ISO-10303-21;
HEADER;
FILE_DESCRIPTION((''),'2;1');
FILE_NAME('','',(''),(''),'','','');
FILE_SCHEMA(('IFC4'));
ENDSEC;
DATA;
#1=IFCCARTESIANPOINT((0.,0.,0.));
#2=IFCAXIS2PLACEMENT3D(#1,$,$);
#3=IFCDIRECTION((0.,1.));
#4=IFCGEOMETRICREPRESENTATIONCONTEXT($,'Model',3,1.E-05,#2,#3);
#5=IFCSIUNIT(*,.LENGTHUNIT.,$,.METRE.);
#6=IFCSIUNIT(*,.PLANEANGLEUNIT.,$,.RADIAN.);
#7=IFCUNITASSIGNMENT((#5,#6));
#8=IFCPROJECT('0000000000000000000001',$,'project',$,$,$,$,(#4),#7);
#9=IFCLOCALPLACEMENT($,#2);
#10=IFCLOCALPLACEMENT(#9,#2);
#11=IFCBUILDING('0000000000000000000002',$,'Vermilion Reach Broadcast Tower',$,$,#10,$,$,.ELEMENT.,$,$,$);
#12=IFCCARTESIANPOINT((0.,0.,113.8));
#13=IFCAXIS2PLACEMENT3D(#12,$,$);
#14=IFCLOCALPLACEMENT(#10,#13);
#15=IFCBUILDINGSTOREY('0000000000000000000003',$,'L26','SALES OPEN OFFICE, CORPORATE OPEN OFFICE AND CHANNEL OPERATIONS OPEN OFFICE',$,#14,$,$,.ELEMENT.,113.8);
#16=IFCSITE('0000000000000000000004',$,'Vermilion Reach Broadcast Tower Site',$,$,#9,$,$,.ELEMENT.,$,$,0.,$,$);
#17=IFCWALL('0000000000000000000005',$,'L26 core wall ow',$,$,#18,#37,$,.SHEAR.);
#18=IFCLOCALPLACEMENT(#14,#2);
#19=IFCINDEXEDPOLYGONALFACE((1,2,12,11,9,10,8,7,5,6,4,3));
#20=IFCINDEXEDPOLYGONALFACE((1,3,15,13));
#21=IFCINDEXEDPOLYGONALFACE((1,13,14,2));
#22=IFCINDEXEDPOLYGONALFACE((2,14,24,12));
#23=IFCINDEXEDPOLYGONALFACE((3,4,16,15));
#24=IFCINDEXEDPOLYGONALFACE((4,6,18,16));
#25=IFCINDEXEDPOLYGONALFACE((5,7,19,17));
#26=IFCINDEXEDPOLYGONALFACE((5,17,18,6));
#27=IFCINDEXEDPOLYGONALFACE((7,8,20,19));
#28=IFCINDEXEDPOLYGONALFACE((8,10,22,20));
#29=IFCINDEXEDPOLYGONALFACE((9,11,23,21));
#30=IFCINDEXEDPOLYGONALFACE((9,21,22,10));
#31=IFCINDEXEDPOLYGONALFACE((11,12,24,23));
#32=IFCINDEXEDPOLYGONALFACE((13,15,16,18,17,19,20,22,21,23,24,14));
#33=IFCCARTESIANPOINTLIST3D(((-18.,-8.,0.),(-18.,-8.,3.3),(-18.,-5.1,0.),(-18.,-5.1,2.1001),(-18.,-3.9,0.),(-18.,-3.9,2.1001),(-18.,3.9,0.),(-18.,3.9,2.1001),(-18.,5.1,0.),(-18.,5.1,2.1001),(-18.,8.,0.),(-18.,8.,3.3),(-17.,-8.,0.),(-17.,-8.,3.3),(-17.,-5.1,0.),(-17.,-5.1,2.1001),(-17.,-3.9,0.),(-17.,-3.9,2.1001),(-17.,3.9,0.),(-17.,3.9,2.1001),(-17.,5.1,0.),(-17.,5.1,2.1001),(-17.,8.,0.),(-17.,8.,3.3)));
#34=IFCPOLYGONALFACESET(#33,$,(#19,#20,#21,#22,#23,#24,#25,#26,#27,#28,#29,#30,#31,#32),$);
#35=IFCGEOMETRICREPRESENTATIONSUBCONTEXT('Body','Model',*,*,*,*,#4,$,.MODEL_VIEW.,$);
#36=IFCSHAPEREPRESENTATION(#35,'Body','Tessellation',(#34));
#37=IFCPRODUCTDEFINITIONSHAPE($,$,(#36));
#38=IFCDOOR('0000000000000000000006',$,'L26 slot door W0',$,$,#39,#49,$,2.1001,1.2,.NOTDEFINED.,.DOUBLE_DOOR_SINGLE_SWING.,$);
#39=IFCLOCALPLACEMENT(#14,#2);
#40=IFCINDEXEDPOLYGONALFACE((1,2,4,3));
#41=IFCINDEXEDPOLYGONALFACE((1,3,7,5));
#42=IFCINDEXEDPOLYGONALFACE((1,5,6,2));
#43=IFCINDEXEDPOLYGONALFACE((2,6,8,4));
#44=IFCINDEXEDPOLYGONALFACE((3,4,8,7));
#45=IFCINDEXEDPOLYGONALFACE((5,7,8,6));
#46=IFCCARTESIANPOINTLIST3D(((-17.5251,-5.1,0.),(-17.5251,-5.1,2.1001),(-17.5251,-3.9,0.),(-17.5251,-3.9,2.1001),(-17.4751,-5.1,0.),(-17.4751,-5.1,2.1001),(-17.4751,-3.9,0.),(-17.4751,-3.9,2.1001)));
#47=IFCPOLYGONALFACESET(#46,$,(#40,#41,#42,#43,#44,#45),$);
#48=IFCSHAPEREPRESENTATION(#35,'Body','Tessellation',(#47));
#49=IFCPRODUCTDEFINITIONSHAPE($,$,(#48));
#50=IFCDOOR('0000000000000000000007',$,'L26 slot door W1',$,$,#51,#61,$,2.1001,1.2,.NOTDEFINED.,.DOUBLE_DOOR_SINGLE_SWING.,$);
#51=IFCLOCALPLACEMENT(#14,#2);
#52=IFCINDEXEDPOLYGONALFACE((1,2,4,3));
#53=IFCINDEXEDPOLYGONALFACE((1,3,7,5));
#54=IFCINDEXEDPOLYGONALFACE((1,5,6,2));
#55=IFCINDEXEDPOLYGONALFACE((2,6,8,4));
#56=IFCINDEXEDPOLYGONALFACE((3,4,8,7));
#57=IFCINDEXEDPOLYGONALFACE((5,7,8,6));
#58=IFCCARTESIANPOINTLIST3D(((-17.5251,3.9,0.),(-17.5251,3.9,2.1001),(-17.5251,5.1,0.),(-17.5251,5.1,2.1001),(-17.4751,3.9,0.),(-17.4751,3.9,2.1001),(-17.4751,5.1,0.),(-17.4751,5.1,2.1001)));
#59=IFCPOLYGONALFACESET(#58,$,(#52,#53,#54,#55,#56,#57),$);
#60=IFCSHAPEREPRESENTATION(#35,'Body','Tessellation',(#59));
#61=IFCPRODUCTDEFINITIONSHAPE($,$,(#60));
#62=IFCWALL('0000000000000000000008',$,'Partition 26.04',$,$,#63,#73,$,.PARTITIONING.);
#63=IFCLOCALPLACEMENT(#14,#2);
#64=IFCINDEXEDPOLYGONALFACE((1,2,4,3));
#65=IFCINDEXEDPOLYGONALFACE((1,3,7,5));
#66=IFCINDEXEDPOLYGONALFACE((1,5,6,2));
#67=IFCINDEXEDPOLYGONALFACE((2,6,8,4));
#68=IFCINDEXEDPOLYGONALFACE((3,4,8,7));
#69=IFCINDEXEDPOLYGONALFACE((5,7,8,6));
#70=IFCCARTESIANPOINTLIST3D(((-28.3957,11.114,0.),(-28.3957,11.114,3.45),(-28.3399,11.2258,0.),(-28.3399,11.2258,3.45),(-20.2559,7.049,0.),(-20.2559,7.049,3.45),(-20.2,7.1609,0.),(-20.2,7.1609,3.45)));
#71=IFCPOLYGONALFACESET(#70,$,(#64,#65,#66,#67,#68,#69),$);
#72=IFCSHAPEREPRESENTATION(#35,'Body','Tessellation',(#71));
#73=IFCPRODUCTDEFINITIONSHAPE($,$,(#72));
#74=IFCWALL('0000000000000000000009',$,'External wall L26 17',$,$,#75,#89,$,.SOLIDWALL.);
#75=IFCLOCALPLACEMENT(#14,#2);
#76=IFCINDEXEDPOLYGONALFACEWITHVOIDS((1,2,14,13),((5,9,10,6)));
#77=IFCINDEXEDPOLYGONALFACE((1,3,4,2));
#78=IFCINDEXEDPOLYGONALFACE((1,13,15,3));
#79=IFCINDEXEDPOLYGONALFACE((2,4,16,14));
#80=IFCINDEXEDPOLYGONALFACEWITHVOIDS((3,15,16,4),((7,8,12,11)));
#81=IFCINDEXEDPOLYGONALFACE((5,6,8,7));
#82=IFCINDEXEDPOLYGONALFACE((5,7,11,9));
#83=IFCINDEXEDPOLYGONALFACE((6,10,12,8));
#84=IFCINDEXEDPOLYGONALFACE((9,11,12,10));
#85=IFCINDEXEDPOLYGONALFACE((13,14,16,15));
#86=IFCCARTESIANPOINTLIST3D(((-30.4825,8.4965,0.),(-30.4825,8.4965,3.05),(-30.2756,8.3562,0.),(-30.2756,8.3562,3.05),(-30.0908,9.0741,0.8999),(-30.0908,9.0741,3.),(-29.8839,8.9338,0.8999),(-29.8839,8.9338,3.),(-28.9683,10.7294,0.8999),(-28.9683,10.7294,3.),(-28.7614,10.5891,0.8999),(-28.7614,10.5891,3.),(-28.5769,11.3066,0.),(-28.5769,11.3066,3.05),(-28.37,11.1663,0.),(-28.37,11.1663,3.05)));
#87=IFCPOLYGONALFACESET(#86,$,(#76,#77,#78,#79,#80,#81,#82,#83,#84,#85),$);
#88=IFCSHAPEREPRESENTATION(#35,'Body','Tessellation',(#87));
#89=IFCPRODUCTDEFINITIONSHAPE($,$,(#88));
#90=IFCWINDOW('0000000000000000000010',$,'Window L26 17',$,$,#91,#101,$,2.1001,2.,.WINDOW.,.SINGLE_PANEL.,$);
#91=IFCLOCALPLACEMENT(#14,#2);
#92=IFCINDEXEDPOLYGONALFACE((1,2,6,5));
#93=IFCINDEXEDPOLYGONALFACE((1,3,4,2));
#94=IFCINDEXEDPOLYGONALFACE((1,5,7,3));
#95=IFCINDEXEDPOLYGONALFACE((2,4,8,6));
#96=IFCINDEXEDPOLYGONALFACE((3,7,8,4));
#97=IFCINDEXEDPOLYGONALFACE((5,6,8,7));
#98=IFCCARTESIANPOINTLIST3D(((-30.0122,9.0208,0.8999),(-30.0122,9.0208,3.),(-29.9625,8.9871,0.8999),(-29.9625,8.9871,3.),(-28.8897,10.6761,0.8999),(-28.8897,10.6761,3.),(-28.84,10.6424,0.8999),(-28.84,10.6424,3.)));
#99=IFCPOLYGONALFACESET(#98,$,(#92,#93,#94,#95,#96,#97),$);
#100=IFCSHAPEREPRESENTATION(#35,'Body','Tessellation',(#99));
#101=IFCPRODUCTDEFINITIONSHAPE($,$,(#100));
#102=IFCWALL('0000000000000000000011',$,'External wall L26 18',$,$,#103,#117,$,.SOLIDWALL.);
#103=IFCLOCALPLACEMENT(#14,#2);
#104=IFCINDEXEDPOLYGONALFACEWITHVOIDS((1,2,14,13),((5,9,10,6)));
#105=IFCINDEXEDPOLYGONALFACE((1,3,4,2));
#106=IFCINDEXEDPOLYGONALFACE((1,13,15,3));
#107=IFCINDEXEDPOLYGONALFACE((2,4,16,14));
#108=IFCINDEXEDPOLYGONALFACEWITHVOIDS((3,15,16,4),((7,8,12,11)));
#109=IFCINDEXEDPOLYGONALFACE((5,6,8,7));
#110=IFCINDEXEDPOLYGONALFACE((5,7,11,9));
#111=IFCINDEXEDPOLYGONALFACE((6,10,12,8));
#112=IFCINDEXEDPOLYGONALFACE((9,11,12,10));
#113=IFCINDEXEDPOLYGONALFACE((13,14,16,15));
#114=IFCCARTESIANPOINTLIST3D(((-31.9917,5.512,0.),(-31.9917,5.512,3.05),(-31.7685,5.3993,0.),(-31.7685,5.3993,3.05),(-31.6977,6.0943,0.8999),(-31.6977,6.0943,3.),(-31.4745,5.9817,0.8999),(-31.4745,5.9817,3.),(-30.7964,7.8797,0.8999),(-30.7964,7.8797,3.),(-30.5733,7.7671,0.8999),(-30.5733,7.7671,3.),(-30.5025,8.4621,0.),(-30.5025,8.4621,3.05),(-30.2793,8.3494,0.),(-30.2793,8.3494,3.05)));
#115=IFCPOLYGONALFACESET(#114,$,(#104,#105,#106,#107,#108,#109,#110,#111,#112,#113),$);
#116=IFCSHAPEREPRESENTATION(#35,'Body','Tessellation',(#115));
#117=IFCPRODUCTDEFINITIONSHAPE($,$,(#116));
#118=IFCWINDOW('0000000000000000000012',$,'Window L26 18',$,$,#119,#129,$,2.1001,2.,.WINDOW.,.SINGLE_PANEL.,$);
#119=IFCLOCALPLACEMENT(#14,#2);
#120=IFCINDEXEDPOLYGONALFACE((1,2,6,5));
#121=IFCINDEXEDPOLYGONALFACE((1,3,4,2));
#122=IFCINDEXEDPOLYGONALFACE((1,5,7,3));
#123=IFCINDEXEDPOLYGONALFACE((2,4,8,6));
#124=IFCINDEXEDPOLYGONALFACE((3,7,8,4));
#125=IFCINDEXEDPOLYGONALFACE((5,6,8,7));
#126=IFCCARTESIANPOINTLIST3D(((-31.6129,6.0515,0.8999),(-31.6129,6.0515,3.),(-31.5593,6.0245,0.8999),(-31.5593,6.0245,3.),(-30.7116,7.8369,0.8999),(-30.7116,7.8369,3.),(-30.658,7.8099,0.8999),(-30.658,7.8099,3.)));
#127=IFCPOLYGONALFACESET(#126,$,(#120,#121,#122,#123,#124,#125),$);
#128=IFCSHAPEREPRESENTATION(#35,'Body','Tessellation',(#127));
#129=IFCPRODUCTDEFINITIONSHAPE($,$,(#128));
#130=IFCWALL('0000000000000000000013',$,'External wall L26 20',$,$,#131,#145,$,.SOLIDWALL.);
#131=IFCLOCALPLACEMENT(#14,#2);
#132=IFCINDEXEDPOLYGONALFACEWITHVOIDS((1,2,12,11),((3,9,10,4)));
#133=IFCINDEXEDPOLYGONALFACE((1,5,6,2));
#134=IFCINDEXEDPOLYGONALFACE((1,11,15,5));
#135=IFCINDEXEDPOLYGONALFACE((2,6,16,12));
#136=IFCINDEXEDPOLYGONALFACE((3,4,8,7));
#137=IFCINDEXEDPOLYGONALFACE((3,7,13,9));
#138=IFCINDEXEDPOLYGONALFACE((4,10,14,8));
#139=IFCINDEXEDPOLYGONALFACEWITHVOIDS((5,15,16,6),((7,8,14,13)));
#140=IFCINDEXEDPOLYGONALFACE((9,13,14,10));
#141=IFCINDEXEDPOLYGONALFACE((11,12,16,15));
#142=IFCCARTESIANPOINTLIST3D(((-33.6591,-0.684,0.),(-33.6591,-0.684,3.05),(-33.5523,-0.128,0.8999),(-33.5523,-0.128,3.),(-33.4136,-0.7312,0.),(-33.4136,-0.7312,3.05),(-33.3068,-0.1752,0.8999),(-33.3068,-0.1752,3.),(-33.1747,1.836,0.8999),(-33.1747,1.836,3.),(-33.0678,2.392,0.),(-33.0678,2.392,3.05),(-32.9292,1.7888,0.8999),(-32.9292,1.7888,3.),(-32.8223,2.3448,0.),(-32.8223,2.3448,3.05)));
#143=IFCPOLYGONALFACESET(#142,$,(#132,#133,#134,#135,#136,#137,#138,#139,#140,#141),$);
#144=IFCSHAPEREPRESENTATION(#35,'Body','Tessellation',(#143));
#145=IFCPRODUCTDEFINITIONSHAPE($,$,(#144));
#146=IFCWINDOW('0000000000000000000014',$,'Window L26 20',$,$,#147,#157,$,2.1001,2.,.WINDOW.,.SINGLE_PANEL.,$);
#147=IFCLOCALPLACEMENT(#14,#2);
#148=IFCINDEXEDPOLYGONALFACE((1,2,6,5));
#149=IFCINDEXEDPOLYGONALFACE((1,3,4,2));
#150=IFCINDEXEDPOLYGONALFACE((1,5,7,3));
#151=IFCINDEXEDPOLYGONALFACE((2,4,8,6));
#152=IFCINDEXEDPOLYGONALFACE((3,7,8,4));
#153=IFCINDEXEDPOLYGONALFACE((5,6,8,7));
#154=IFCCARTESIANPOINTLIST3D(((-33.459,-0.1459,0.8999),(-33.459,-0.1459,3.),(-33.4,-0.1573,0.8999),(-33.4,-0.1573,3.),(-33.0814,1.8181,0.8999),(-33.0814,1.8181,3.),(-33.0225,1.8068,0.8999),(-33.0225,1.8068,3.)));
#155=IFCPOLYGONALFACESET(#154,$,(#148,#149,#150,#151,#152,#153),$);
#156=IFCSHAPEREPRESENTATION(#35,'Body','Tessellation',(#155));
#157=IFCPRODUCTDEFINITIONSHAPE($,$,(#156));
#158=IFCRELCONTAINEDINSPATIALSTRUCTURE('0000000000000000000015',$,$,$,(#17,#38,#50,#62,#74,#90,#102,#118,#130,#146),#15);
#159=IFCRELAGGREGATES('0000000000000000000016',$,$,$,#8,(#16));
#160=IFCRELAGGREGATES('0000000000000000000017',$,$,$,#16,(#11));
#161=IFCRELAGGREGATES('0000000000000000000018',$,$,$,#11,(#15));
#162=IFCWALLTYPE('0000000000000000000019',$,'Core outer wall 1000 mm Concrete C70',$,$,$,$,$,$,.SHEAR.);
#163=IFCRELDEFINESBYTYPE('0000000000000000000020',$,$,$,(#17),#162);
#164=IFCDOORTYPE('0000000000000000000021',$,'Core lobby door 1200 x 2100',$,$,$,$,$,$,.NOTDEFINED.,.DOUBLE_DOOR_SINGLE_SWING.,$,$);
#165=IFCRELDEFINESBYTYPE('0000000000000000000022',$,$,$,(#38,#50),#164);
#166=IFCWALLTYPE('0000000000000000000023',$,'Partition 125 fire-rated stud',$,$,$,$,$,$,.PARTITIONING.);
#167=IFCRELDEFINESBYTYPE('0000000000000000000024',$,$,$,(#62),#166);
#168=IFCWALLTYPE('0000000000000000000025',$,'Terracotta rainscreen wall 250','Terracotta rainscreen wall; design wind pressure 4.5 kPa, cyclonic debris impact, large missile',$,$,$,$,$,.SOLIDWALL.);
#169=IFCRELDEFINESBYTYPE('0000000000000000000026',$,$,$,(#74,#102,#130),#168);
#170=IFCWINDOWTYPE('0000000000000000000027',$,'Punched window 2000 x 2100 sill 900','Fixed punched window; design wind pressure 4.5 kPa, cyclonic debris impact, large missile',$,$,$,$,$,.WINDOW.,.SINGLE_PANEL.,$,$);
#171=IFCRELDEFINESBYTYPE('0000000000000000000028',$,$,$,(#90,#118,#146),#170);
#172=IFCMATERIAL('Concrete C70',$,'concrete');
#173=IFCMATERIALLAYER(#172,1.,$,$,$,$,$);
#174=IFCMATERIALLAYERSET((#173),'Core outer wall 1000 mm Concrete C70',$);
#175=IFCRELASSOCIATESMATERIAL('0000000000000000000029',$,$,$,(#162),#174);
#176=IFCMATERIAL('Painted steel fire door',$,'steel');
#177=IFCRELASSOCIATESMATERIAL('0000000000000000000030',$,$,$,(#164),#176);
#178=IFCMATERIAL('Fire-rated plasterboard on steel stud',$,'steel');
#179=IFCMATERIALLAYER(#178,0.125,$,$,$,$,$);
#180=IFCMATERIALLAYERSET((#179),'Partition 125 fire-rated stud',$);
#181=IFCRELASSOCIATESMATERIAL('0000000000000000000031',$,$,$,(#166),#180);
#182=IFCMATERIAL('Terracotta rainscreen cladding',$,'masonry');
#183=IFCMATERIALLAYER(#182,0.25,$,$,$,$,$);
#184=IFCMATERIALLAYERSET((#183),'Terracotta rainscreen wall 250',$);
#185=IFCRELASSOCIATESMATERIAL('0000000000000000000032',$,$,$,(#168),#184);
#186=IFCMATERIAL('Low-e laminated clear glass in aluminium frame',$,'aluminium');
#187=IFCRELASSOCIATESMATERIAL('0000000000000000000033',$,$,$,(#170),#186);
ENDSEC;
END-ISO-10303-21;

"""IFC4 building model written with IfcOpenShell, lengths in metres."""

from ifc_helpers import new_model, si_unit, direction, frame, frame_2d, origin, place, context, subcontext, project, spatial, rectangle, extrude, material, layer, layer_set, type_object, element, fill, save


model = new_model("IFC4")

# Units and contexts
model_context = context("Model", 3, precision=1e-05, world=origin(), true_north=direction((0.0, 1.0)))
body_context = subcontext(model_context, "Body", "Model", "MODEL_VIEW")
ifc_project = project(units=[si_unit("LENGTHUNIT", "METRE"), si_unit("PLANEANGLEUNIT", "RADIAN")], contexts=[model_context])

# Site, building, storey
site_placement = place(None, origin())
site = spatial("IfcSite", under=ifc_project, at=site_placement, Name="Vermilion Reach Broadcast Tower Site", CompositionType="ELEMENT", RefElevation=0.0)
building_placement = place(site_placement, origin())
building = spatial("IfcBuilding", under=site, at=building_placement, Name="Vermilion Reach Broadcast Tower", CompositionType="ELEMENT")
storey_placement = place(building_placement, frame((0.0, 0.0, 113.8)))
storey = spatial("IfcBuildingStorey", under=building, at=storey_placement, Name="L26", Description="SALES OPEN OFFICE, CORPORATE OPEN OFFICE AND CHANNEL OPERATIONS OPEN OFFICE", CompositionType="ELEMENT", Elevation=113.8)

# Wall, openings, doors
ifc_material_1 = material(Name="Concrete C70", Category="concrete")
ifc_layer_1 = layer(ifc_material_1, 1.0)
ifc_layer_set_1 = layer_set([ifc_layer_1], Name="Core outer wall 1000 mm Concrete C70")
wall_type_1 = type_object("IfcWallType", Name="Core outer wall 1000 mm Concrete C70", PredefinedType="SHEAR", material=ifc_layer_set_1)
wall_1_placement = place(storey_placement, frame((-17.5, 8.0, 0.0), z_axis=(0.0, 0.0, 1.0), x_axis=(0.0, -1.0, 0.0)))
wall_1 = element("IfcWall", 1, at=wall_1_placement, inside=storey, type_object=wall_type_1, Name="L26 core wall ow", PredefinedType="SHEAR", context=body_context, shape_type="SweptSolid", body=[
    extrude(rectangle(XDim=16.0, YDim=1.0, at=frame_2d((8.0, 0.0))), origin(), (0.0, 0.0, 1.0), 3.3),
])
opening_1_placement = place(wall_1_placement, frame((11.8999, 0.0, 0.0)))
opening_1 = element("IfcOpeningElement", 2, at=opening_1_placement, cuts=wall_1, PredefinedType="OPENING", context=body_context, shape_type="SweptSolid", body=[
    extrude(rectangle(XDim=1.2, YDim=2.1001, at=frame_2d((0.6001, 1.05))), frame((0.0, 0.51, 0.0), z_axis=(0.0, -1.0, 0.0), x_axis=(1.0, 0.0, 0.0)), (0.0, 0.0, 1.0), 1.02),
])
opening_2_placement = place(wall_1_placement, frame((2.8999, 0.0, 0.0)))
opening_2 = element("IfcOpeningElement", 3, at=opening_2_placement, cuts=wall_1, PredefinedType="OPENING", context=body_context, shape_type="SweptSolid", body=[
    extrude(rectangle(XDim=1.2, YDim=2.1001, at=frame_2d((0.6001, 1.05))), frame((0.0, 0.51, 0.0), z_axis=(0.0, -1.0, 0.0), x_axis=(1.0, 0.0, 0.0)), (0.0, 0.0, 1.0), 1.02),
])
ifc_material_2 = material(Name="Painted steel fire door", Category="steel")
door_type_1 = type_object("IfcDoorType", Name="Core lobby door 1200 x 2100", OperationType="DOUBLE_DOOR_SINGLE_SWING", PredefinedType="NOTDEFINED", material=ifc_material_2)
door_1_placement = place(opening_1_placement, origin())
door_1 = element("IfcDoor", 4, at=door_1_placement, inside=storey, type_object=door_type_1, Name="L26 slot door W0", OperationType="DOUBLE_DOOR_SINGLE_SWING", OverallHeight=2.1001, OverallWidth=1.2, PredefinedType="NOTDEFINED", context=body_context, shape_type="SweptSolid", body=[
    extrude(rectangle(XDim=1.2, YDim=2.1001, at=frame_2d((0.6001, 1.05))), frame((0.0, 0.0249, 0.0), z_axis=(0.0, -1.0, 0.0), x_axis=(1.0, 0.0, 0.0)), (0.0, 0.0, 1.0), 0.05),
])
fill(opening_1, door_1)
door_2_placement = place(opening_2_placement, origin())
door_2 = element("IfcDoor", 5, at=door_2_placement, inside=storey, type_object=door_type_1, Name="L26 slot door W1", OperationType="DOUBLE_DOOR_SINGLE_SWING", OverallHeight=2.1001, OverallWidth=1.2, PredefinedType="NOTDEFINED", context=body_context, shape_type="SweptSolid", body=[
    extrude(rectangle(XDim=1.2, YDim=2.1001, at=frame_2d((0.6001, 1.05))), frame((0.0, 0.0249, 0.0), z_axis=(0.0, -1.0, 0.0), x_axis=(1.0, 0.0, 0.0)), (0.0, 0.0, 1.0), 0.05),
])
fill(opening_2, door_2)

# Wall
ifc_material_3 = material(Name="Fire-rated plasterboard on steel stud", Category="steel")
ifc_layer_2 = layer(ifc_material_3, 0.125)
ifc_layer_set_2 = layer_set([ifc_layer_2], Name="Partition 125 fire-rated stud")
wall_type_2 = type_object("IfcWallType", Name="Partition 125 fire-rated stud", PredefinedType="PARTITIONING", material=ifc_layer_set_2)
wall_2_placement = place(storey_placement, frame((-28.3679, 11.1699, 0.0), z_axis=(0.0, 0.0, 1.0), x_axis=(0.894647, -0.446773, 0.0)))
element("IfcWall", 6, at=wall_2_placement, inside=storey, type_object=wall_type_2, Name="Partition 26.04", PredefinedType="PARTITIONING", context=body_context, shape_type="SweptSolid", body=[
    extrude(rectangle(XDim=9.0984, YDim=0.125, at=frame_2d((4.5493, 0.0))), origin(), (0.0, 0.0, 1.0), 3.45),
])

# Walls, openings, windows
ifc_material_4 = material(Name="Terracotta rainscreen cladding", Category="masonry")
ifc_layer_3 = layer(ifc_material_4, 0.25)
ifc_layer_set_3 = layer_set([ifc_layer_3], Name="Terracotta rainscreen wall 250")
wall_type_3 = type_object("IfcWallType", Name="Terracotta rainscreen wall 250", Description="Terracotta rainscreen wall; design wind pressure 4.5 kPa, cyclonic debris impact, large missile", PredefinedType="SOLIDWALL", material=ifc_layer_set_3)
wall_3_placement = place(storey_placement, frame((-28.4734, 11.2366, 0.0), z_axis=(0.0, 0.0, 1.0), x_axis=(-0.561238, -0.827655, 0.0)))
wall_3 = element("IfcWall", 7, at=wall_3_placement, inside=storey, type_object=wall_type_3, Name="External wall L26 17", PredefinedType="SOLIDWALL", context=body_context, shape_type="SweptSolid", body=[
    extrude(rectangle(XDim=3.3953, YDim=0.25, at=frame_2d((1.6978, 0.0))), origin(), (0.0, 0.0, 1.0), 3.05),
])
opening_3_placement = place(wall_3_placement, frame((0.6975, 0.0, 0.8999)))
opening_3 = element("IfcOpeningElement", 8, at=opening_3_placement, cuts=wall_3, PredefinedType="OPENING", context=body_context, shape_type="SweptSolid", body=[
    extrude(rectangle(XDim=2.0, YDim=2.1001, at=frame_2d((1.0, 1.05))), frame((0.0, 0.135, 0.0), z_axis=(0.0, -1.0, 0.0), x_axis=(1.0, 0.0, 0.0)), (0.0, 0.0, 1.0), 0.27),
])
ifc_material_5 = material(Name="Low-e laminated clear glass in aluminium frame", Category="aluminium")
window_type = type_object("IfcWindowType", Name="Punched window 2000 x 2100 sill 900", Description="Fixed punched window; design wind pressure 4.5 kPa, cyclonic debris impact, large missile", PartitioningType="SINGLE_PANEL", PredefinedType="WINDOW", material=ifc_material_5)
window_1_placement = place(opening_3_placement, origin())
window_1 = element("IfcWindow", 9, at=window_1_placement, inside=storey, type_object=window_type, Name="Window L26 17", OverallHeight=2.1001, OverallWidth=2.0, PartitioningType="SINGLE_PANEL", PredefinedType="WINDOW", context=body_context, shape_type="SweptSolid", body=[
    extrude(rectangle(XDim=2.0, YDim=2.1001, at=frame_2d((1.0, 1.05))), frame((0.0, 0.03, 0.0), z_axis=(0.0, -1.0, 0.0), x_axis=(1.0, 0.0, 0.0)), (0.0, 0.0, 1.0), 0.0601),
])
fill(opening_3, window_1)
wall_4_placement = place(storey_placement, frame((-30.3909, 8.4058, 0.0), z_axis=(0.0, 0.0, 1.0), x_axis=(-0.450638, -0.892707, 0.0)))
wall_4 = element("IfcWall", 10, at=wall_4_placement, inside=storey, type_object=wall_type_3, Name="External wall L26 18", PredefinedType="SOLIDWALL", context=body_context, shape_type="SweptSolid", body=[
    extrude(rectangle(XDim=3.3047, YDim=0.25, at=frame_2d((1.6523, 0.0))), origin(), (0.0, 0.0, 1.0), 3.05),
])
opening_4_placement = place(wall_4_placement, frame((0.6523, 0.0, 0.8999)))
opening_4 = element("IfcOpeningElement", 11, at=opening_4_placement, cuts=wall_4, PredefinedType="OPENING", context=body_context, shape_type="SweptSolid", body=[
    extrude(rectangle(XDim=2.0, YDim=2.1001, at=frame_2d((1.0, 1.05))), frame((0.0, 0.135, 0.0), z_axis=(0.0, -1.0, 0.0), x_axis=(1.0, 0.0, 0.0)), (0.0, 0.0, 1.0), 0.27),
])
window_2_placement = place(opening_4_placement, origin())
window_2 = element("IfcWindow", 12, at=window_2_placement, inside=storey, type_object=window_type, Name="Window L26 18", OverallHeight=2.1001, OverallWidth=2.0, PartitioningType="SINGLE_PANEL", PredefinedType="WINDOW", context=body_context, shape_type="SweptSolid", body=[
    extrude(rectangle(XDim=2.0, YDim=2.1001, at=frame_2d((1.0, 1.05))), frame((0.0, 0.03, 0.0), z_axis=(0.0, -1.0, 0.0), x_axis=(1.0, 0.0, 0.0)), (0.0, 0.0, 1.0), 0.0601),
])
fill(opening_4, window_2)

# Wall, opening, window
wall_5_placement = place(storey_placement, frame((-32.9451, 2.3684, 0.0), z_axis=(0.0, 0.0, 1.0), x_axis=(-0.188781, -0.982019, 0.0)))
wall_5 = element("IfcWall", 13, at=wall_5_placement, inside=storey, type_object=wall_type_3, Name="External wall L26 20", PredefinedType="SOLIDWALL", context=body_context, shape_type="SweptSolid", body=[
    extrude(rectangle(XDim=3.1323, YDim=0.25, at=frame_2d((1.5662, 0.0))), origin(), (0.0, 0.0, 1.0), 3.05),
])
opening_5_placement = place(wall_5_placement, frame((0.5662, 0.0, 0.8999)))
opening_5 = element("IfcOpeningElement", 14, at=opening_5_placement, cuts=wall_5, PredefinedType="OPENING", context=body_context, shape_type="SweptSolid", body=[
    extrude(rectangle(XDim=2.0, YDim=2.1001, at=frame_2d((1.0, 1.05))), frame((0.0, 0.135, 0.0), z_axis=(0.0, -1.0, 0.0), x_axis=(1.0, 0.0, 0.0)), (0.0, 0.0, 1.0), 0.27),
])
window_3_placement = place(opening_5_placement, origin())
window_3 = element("IfcWindow", 15, at=window_3_placement, inside=storey, type_object=window_type, Name="Window L26 20", OverallHeight=2.1001, OverallWidth=2.0, PartitioningType="SINGLE_PANEL", PredefinedType="WINDOW", context=body_context, shape_type="SweptSolid", body=[
    extrude(rectangle(XDim=2.0, YDim=2.1001, at=frame_2d((1.0, 1.05))), frame((0.0, 0.03, 0.0), z_axis=(0.0, -1.0, 0.0), x_axis=(1.0, 0.0, 0.0)), (0.0, 0.0, 1.0), 0.0601),
])
fill(opening_5, window_3)

save(model, "model.ifc")
